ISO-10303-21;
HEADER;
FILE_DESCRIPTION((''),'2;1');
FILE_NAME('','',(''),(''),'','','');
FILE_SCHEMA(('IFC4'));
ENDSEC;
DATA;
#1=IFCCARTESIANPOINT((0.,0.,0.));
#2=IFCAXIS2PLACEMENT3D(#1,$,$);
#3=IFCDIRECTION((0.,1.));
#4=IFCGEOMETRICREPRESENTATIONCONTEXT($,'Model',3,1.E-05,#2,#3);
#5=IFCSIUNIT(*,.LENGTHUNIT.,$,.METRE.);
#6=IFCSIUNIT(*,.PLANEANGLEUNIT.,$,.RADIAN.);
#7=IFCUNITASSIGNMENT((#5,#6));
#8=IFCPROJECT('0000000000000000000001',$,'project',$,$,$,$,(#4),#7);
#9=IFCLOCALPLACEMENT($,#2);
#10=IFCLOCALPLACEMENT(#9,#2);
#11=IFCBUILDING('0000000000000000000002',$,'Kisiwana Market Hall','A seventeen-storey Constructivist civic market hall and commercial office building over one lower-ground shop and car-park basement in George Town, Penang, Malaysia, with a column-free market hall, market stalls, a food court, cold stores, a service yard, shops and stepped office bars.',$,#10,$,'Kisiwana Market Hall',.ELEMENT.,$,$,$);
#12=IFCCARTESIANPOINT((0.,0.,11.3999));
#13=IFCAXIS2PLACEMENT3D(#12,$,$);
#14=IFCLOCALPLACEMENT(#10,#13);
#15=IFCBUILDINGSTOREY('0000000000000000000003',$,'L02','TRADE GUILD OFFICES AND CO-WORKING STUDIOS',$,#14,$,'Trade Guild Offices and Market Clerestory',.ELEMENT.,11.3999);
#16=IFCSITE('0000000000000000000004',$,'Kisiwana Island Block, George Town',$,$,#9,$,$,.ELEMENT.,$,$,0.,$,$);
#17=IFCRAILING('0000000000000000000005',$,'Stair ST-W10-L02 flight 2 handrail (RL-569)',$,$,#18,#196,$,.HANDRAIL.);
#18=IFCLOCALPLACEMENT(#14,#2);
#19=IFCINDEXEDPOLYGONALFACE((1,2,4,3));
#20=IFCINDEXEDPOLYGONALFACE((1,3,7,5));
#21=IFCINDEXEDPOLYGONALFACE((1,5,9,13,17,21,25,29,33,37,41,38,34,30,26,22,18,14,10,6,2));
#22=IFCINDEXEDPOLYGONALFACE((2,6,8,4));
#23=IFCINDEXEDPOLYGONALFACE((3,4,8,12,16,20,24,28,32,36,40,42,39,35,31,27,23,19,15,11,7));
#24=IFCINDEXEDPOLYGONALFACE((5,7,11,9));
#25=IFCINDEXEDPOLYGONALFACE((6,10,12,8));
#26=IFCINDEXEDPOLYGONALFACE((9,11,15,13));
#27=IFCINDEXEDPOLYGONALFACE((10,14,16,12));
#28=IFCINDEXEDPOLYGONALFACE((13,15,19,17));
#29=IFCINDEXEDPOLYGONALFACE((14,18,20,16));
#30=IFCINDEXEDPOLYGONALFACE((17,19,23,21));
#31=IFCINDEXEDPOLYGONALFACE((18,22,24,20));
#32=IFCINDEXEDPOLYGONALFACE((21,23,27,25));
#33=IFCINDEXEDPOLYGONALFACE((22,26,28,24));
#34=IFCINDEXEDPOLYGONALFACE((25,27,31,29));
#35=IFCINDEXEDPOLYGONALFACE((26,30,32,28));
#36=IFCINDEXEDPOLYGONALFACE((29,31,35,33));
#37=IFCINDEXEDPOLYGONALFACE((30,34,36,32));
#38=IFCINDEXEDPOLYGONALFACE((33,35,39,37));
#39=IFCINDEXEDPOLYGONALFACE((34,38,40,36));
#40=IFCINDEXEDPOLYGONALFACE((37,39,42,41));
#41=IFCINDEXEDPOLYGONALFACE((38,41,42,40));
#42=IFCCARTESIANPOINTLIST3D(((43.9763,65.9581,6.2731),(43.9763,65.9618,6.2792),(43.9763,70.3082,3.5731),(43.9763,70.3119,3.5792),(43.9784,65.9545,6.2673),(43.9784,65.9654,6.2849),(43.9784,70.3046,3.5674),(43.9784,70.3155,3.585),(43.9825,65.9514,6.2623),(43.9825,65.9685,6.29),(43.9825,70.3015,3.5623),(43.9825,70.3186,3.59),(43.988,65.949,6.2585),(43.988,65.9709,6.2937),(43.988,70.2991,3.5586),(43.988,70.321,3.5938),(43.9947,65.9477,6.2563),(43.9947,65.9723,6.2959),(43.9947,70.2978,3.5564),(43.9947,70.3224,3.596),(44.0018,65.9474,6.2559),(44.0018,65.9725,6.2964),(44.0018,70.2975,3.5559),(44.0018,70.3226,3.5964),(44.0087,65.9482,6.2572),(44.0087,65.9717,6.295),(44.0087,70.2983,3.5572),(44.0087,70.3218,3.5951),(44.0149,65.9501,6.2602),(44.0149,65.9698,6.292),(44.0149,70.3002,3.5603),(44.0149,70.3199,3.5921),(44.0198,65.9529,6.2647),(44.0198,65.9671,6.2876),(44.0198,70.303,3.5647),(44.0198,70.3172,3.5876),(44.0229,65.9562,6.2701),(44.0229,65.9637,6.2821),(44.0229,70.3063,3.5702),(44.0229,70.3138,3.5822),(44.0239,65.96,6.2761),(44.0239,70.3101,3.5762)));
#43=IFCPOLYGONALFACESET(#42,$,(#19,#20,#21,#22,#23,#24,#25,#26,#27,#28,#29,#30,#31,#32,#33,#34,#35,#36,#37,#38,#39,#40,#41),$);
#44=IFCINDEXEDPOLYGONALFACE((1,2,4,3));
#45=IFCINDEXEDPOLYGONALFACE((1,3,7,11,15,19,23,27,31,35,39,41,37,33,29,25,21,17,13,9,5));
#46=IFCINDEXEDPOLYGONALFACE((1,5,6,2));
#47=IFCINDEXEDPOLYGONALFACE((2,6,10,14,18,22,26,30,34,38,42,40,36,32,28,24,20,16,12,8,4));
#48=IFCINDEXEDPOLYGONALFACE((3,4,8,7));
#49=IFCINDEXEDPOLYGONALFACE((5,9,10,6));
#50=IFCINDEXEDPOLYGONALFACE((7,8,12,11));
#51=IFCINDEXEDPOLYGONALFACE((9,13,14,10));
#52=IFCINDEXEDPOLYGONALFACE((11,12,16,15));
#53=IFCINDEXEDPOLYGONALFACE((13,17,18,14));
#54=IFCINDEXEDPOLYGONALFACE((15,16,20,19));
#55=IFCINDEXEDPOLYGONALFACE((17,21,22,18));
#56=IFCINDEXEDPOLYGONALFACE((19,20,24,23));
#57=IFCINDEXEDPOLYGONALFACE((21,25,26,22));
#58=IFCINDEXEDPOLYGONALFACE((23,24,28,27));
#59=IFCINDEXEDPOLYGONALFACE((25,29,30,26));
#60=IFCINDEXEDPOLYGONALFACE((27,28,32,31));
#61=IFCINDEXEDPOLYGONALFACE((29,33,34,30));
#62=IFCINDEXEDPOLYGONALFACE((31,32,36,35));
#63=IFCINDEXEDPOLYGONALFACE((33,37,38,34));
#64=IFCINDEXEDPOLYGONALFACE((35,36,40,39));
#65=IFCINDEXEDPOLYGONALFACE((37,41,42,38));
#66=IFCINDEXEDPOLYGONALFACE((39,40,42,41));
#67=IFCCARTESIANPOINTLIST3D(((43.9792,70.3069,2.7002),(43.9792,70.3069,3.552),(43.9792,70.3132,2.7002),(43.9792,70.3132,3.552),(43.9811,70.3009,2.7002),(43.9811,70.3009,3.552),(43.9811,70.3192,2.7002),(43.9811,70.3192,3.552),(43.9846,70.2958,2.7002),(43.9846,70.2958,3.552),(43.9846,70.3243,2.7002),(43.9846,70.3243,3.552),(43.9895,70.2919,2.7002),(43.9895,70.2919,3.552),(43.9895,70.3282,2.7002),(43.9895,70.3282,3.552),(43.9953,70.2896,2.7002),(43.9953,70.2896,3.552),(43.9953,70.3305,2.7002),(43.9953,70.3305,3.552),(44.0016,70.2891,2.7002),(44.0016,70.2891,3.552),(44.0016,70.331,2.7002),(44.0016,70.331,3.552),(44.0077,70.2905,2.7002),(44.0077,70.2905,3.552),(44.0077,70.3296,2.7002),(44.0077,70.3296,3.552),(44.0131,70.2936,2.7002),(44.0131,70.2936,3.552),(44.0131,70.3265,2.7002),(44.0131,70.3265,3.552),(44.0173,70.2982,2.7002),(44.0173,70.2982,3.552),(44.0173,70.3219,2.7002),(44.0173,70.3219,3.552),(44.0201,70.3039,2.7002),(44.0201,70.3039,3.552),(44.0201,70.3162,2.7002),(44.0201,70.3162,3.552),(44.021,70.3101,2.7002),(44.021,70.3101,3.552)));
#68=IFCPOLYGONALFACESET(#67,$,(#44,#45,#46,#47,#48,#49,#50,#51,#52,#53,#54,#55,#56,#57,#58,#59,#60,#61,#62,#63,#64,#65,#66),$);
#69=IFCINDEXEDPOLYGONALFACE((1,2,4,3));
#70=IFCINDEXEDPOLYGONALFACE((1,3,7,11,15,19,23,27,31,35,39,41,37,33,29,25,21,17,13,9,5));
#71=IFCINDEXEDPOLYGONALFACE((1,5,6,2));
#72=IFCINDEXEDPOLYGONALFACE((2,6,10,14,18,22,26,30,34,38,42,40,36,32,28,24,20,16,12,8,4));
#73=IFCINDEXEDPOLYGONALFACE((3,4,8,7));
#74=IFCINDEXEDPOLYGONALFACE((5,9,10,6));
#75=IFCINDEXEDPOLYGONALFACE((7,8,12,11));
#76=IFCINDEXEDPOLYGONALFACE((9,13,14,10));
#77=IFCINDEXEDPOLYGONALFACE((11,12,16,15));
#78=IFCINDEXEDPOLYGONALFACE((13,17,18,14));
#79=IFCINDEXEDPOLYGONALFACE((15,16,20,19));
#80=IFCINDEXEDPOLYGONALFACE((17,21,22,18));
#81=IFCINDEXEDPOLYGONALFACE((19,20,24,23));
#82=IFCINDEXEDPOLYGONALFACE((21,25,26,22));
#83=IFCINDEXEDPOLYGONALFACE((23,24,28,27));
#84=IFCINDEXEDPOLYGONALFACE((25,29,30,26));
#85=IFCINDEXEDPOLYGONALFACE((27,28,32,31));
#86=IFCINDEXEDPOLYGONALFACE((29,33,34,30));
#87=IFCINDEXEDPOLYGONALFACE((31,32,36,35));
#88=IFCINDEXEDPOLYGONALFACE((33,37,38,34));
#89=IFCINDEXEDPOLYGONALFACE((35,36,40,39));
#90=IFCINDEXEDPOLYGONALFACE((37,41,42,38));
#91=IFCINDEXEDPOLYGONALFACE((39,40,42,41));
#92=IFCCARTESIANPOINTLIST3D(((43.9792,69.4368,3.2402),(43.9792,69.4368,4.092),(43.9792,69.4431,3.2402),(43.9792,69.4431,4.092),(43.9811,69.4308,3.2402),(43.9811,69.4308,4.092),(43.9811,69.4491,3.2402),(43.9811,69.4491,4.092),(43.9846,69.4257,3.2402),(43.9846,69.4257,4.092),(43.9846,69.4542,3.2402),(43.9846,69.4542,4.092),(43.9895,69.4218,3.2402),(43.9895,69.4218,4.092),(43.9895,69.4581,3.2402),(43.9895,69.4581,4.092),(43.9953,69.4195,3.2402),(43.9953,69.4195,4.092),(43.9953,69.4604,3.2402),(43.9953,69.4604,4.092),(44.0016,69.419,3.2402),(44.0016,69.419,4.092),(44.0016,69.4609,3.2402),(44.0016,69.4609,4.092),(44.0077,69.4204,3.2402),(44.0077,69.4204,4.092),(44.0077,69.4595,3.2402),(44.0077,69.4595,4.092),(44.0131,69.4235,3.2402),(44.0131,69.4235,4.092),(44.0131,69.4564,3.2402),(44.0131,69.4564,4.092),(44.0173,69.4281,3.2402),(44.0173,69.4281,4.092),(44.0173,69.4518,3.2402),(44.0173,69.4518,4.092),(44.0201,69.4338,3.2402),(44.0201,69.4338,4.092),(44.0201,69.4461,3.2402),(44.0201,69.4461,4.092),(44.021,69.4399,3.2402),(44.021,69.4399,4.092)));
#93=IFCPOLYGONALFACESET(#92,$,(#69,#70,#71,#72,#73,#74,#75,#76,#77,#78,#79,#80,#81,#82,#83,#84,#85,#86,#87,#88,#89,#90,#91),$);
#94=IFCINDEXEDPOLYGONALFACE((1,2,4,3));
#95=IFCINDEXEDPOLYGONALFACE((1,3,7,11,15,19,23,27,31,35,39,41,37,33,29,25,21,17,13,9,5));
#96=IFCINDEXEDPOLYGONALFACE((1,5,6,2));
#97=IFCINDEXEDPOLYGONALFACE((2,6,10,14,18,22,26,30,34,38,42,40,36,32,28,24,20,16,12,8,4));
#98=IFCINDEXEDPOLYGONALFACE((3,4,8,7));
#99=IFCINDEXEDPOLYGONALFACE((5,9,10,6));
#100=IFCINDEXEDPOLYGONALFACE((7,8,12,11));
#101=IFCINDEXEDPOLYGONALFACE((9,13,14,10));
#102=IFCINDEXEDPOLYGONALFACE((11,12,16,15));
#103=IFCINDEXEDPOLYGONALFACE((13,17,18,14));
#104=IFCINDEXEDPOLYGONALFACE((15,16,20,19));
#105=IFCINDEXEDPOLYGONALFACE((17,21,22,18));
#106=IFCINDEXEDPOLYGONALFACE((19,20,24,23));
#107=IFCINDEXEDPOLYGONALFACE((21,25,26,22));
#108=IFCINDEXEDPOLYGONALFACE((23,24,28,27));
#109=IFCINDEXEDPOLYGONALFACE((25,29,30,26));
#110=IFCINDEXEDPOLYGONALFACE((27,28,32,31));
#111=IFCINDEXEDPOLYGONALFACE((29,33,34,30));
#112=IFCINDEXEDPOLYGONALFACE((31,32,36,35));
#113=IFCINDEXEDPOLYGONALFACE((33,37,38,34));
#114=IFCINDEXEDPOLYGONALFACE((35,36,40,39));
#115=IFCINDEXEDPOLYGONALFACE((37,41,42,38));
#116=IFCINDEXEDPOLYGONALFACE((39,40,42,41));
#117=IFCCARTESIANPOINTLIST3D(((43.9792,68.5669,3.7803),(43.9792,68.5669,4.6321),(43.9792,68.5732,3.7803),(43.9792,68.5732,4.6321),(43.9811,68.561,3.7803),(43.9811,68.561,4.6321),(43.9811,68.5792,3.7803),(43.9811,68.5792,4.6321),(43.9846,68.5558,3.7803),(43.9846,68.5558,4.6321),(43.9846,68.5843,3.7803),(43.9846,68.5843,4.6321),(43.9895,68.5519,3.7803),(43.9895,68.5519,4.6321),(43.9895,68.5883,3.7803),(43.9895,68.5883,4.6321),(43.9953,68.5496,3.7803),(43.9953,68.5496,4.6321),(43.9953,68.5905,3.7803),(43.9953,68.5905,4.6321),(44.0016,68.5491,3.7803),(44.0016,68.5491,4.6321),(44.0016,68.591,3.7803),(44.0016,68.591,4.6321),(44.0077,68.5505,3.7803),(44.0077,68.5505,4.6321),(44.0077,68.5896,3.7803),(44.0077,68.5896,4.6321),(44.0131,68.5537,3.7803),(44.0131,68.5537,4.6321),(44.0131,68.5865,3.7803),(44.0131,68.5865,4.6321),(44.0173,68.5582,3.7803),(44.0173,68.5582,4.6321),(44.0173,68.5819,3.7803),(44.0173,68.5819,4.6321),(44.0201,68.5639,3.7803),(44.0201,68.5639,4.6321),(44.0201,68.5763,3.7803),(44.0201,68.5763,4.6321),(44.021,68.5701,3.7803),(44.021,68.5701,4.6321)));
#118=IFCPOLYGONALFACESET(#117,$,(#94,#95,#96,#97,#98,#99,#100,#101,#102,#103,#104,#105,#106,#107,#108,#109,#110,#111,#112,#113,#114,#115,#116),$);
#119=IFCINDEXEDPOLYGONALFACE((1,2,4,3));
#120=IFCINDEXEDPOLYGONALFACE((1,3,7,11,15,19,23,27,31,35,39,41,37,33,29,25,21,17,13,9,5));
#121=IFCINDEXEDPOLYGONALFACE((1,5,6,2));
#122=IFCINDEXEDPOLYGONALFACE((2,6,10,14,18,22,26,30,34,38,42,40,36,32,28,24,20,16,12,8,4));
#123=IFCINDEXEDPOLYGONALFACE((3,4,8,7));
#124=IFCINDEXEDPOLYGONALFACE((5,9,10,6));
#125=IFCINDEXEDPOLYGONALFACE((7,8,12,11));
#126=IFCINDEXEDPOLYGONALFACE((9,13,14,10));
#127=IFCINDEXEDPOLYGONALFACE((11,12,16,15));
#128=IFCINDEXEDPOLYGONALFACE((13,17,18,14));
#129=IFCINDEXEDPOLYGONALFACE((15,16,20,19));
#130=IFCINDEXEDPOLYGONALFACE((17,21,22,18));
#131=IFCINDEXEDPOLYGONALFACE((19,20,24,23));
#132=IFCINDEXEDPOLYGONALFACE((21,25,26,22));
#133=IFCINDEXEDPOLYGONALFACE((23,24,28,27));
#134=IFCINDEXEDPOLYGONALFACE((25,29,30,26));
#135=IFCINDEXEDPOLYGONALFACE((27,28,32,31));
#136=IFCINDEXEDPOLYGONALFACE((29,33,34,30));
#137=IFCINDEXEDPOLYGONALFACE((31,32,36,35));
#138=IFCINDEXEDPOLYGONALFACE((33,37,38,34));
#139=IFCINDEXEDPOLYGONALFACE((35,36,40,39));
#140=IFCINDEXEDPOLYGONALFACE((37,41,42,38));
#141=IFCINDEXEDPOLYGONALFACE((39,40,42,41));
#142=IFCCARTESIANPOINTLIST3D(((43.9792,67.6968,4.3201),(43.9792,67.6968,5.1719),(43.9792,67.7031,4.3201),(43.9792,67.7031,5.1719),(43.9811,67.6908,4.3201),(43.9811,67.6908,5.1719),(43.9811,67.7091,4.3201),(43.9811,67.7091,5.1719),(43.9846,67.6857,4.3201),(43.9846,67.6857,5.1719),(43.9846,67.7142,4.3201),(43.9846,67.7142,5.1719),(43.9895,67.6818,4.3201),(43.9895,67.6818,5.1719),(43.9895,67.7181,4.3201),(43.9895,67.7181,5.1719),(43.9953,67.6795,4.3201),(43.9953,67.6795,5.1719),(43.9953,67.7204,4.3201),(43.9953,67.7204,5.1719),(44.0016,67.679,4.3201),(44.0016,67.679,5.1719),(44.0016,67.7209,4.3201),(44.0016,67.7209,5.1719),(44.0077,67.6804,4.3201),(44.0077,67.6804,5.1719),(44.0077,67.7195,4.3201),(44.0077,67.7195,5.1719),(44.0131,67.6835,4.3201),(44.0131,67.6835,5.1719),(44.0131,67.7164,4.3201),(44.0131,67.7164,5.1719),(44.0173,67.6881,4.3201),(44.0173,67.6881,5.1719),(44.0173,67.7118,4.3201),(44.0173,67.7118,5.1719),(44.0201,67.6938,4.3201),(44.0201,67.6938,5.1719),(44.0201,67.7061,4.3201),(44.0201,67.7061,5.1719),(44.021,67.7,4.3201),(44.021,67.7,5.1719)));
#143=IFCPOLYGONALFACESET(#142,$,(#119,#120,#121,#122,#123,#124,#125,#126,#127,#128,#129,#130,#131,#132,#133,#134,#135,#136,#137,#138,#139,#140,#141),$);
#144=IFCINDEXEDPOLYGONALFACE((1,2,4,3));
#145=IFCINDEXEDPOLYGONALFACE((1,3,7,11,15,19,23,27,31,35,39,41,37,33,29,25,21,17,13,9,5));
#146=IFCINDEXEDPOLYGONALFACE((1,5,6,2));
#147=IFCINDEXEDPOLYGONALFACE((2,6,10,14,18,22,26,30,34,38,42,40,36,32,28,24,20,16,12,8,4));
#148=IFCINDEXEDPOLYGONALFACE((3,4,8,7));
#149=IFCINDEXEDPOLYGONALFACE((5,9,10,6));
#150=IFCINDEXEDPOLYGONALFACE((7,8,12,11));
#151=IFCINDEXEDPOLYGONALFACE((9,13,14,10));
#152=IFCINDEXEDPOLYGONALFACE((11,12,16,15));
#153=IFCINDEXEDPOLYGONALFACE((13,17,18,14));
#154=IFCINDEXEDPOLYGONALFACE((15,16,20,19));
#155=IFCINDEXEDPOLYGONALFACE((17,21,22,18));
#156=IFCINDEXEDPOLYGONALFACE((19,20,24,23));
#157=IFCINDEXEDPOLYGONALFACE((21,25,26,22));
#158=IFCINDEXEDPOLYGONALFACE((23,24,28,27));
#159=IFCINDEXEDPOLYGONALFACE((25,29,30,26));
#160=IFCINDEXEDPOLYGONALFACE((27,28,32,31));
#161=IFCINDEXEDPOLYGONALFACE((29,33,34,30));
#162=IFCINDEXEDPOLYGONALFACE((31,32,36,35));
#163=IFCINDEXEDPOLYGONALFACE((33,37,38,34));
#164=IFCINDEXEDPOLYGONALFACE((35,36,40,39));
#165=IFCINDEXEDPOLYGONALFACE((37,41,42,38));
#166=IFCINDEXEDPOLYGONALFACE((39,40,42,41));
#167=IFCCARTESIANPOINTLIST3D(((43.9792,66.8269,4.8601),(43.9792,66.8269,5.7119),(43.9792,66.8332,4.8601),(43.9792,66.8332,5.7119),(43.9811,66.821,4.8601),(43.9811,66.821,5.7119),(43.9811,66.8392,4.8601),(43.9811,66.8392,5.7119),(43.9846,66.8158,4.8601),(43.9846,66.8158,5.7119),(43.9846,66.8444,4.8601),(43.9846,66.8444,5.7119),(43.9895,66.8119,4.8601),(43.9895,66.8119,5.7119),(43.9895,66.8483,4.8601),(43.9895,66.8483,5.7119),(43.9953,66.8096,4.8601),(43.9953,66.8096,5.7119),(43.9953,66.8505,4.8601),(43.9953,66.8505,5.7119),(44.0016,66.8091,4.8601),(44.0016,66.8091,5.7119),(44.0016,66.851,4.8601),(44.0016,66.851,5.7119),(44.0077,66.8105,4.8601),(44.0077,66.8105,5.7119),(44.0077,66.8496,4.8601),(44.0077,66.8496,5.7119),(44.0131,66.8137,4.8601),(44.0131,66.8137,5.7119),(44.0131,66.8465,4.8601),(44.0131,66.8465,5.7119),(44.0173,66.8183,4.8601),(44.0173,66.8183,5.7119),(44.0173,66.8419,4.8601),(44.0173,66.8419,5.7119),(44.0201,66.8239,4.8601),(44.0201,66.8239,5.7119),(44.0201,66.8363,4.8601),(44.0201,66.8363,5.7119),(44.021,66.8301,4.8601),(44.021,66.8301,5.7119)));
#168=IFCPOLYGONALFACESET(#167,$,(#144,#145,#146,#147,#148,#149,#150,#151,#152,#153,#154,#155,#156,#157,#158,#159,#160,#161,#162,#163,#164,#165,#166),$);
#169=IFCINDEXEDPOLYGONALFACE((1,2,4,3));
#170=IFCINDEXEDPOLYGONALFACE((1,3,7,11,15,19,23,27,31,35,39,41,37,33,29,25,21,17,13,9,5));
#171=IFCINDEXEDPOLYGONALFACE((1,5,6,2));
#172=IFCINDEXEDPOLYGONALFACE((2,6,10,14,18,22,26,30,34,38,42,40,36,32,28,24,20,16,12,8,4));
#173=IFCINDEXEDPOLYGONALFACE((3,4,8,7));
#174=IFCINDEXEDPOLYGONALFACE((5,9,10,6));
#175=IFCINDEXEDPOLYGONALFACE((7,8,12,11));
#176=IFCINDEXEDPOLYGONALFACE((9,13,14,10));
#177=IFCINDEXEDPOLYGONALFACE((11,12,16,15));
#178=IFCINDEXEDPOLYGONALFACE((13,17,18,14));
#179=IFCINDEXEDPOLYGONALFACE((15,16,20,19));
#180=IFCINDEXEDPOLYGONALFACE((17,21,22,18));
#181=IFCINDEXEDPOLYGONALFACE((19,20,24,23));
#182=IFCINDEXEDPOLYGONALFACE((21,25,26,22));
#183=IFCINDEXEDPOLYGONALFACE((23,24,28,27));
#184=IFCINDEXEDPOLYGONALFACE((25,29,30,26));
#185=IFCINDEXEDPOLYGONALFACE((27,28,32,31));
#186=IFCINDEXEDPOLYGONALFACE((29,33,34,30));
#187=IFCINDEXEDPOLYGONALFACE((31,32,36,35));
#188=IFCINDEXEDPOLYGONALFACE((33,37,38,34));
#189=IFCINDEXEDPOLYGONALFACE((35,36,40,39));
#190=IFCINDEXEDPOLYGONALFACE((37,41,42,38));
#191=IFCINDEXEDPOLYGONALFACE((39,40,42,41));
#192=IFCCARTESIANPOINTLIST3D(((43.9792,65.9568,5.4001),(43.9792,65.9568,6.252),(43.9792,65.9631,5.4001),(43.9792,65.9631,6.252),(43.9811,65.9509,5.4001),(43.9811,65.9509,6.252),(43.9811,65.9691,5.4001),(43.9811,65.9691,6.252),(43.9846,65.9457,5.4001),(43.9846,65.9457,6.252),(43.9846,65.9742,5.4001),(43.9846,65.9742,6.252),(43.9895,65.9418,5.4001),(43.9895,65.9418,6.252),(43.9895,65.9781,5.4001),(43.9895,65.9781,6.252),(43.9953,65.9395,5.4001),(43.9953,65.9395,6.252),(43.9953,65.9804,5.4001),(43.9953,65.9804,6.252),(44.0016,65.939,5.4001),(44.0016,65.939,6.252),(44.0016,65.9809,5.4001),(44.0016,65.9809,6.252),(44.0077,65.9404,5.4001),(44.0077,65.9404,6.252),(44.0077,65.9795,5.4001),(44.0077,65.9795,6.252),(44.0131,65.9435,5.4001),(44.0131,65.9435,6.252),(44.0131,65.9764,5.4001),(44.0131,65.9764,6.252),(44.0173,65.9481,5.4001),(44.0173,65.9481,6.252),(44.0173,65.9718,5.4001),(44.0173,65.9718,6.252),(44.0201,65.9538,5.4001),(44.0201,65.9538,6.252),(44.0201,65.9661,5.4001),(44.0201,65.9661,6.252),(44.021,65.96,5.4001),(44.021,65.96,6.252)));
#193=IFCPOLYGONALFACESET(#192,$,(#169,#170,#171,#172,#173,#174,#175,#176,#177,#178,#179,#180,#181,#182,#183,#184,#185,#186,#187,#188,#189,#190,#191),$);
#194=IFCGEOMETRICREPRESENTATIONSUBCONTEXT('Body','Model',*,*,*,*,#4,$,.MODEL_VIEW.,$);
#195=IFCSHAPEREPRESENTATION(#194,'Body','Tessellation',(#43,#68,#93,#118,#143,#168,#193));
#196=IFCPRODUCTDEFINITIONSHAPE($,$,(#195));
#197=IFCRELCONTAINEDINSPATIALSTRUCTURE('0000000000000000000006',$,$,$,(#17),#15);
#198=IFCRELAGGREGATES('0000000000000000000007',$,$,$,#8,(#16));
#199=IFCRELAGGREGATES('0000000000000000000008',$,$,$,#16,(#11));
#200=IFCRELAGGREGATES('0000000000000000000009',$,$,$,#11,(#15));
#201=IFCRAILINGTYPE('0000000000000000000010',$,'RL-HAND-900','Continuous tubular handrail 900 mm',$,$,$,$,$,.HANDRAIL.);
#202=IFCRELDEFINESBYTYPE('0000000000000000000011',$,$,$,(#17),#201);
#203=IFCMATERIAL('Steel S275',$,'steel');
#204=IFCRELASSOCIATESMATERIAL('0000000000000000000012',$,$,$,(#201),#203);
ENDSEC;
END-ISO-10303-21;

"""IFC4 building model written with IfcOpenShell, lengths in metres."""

from ifc_helpers import new_model, si_unit, direction, frame, origin, origin_2d, place, context, subcontext, project, spatial, circle, extrude, material, type_object, element, save


model = new_model("IFC4")

# Units and contexts
model_context = context("Model", 3, precision=1e-05, world=origin(), true_north=direction((0.0, 1.0)))
body_context = subcontext(model_context, "Body", "Model", "MODEL_VIEW")
ifc_project = project(units=[si_unit("LENGTHUNIT", "METRE"), si_unit("PLANEANGLEUNIT", "RADIAN")], contexts=[model_context])

# Site, building, storey
site_placement = place(None, origin())
site = spatial("IfcSite", under=ifc_project, at=site_placement, Name="Kisiwana Island Block, George Town", CompositionType="ELEMENT", RefElevation=0.0)
building_placement = place(site_placement, origin())
building = spatial("IfcBuilding", under=site, at=building_placement, Name="Kisiwana Market Hall", Description="A seventeen-storey Constructivist civic market hall and commercial office building over one lower-ground shop and car-park basement in George Town, Penang, Malaysia, with a column-free market hall, market stalls, a food court, cold stores, a service yard, shops and stepped office bars.", LongName="Kisiwana Market Hall", CompositionType="ELEMENT")
storey_placement = place(building_placement, frame((0.0, 0.0, 11.3999)))
storey = spatial("IfcBuildingStorey", under=building, at=storey_placement, Name="L02", Description="TRADE GUILD OFFICES AND CO-WORKING STUDIOS", LongName="Trade Guild Offices and Market Clerestory", CompositionType="ELEMENT", Elevation=11.3999)

# Railing
ifc_material_1 = material(Name="Steel S275", Category="steel")
railing_type_1 = type_object("IfcRailingType", Name="RL-HAND-900", Description="Continuous tubular handrail 900 mm", PredefinedType="HANDRAIL", material=ifc_material_1)
railing_1_placement = place(storey_placement, frame((44.0, 70.3101, 2.7002)))
element("IfcRailing", 1, at=railing_1_placement, inside=storey, type_object=railing_type_1, Name="Stair ST-W10-L02 flight 2 handrail (RL-569)", PredefinedType="HANDRAIL", context=body_context, shape_type="SweptSolid", body=[
    extrude(circle(Radius=0.0239, at=origin_2d()), frame((0.0, 0.0, 0.876), z_axis=(0.0, -0.84965, 0.527347), x_axis=(1.0, 0.0, 0.0)), (0.0, 0.0, 1.0), 5.1199),
    extrude(circle(Radius=0.021, at=origin_2d()), origin(), (0.0, 0.0, 1.0), 0.8518),
    extrude(circle(Radius=0.021, at=origin_2d()), frame((0.0, -0.8701, 0.54)), (0.0, 0.0, 1.0), 0.8518),
    extrude(circle(Radius=0.021, at=origin_2d()), frame((0.0, -1.74, 1.0801)), (0.0, 0.0, 1.0), 0.8518),
    extrude(circle(Radius=0.021, at=origin_2d()), frame((0.0, -2.6101, 1.6199)), (0.0, 0.0, 1.0), 0.8518),
    extrude(circle(Radius=0.021, at=origin_2d()), frame((0.0, -3.48, 2.1599)), (0.0, 0.0, 1.0), 0.8518),
    extrude(circle(Radius=0.021, at=origin_2d()), frame((0.0, -4.3501, 2.7)), (0.0, 0.0, 1.0), 0.8518),
])

save(model, "model.ifc")
